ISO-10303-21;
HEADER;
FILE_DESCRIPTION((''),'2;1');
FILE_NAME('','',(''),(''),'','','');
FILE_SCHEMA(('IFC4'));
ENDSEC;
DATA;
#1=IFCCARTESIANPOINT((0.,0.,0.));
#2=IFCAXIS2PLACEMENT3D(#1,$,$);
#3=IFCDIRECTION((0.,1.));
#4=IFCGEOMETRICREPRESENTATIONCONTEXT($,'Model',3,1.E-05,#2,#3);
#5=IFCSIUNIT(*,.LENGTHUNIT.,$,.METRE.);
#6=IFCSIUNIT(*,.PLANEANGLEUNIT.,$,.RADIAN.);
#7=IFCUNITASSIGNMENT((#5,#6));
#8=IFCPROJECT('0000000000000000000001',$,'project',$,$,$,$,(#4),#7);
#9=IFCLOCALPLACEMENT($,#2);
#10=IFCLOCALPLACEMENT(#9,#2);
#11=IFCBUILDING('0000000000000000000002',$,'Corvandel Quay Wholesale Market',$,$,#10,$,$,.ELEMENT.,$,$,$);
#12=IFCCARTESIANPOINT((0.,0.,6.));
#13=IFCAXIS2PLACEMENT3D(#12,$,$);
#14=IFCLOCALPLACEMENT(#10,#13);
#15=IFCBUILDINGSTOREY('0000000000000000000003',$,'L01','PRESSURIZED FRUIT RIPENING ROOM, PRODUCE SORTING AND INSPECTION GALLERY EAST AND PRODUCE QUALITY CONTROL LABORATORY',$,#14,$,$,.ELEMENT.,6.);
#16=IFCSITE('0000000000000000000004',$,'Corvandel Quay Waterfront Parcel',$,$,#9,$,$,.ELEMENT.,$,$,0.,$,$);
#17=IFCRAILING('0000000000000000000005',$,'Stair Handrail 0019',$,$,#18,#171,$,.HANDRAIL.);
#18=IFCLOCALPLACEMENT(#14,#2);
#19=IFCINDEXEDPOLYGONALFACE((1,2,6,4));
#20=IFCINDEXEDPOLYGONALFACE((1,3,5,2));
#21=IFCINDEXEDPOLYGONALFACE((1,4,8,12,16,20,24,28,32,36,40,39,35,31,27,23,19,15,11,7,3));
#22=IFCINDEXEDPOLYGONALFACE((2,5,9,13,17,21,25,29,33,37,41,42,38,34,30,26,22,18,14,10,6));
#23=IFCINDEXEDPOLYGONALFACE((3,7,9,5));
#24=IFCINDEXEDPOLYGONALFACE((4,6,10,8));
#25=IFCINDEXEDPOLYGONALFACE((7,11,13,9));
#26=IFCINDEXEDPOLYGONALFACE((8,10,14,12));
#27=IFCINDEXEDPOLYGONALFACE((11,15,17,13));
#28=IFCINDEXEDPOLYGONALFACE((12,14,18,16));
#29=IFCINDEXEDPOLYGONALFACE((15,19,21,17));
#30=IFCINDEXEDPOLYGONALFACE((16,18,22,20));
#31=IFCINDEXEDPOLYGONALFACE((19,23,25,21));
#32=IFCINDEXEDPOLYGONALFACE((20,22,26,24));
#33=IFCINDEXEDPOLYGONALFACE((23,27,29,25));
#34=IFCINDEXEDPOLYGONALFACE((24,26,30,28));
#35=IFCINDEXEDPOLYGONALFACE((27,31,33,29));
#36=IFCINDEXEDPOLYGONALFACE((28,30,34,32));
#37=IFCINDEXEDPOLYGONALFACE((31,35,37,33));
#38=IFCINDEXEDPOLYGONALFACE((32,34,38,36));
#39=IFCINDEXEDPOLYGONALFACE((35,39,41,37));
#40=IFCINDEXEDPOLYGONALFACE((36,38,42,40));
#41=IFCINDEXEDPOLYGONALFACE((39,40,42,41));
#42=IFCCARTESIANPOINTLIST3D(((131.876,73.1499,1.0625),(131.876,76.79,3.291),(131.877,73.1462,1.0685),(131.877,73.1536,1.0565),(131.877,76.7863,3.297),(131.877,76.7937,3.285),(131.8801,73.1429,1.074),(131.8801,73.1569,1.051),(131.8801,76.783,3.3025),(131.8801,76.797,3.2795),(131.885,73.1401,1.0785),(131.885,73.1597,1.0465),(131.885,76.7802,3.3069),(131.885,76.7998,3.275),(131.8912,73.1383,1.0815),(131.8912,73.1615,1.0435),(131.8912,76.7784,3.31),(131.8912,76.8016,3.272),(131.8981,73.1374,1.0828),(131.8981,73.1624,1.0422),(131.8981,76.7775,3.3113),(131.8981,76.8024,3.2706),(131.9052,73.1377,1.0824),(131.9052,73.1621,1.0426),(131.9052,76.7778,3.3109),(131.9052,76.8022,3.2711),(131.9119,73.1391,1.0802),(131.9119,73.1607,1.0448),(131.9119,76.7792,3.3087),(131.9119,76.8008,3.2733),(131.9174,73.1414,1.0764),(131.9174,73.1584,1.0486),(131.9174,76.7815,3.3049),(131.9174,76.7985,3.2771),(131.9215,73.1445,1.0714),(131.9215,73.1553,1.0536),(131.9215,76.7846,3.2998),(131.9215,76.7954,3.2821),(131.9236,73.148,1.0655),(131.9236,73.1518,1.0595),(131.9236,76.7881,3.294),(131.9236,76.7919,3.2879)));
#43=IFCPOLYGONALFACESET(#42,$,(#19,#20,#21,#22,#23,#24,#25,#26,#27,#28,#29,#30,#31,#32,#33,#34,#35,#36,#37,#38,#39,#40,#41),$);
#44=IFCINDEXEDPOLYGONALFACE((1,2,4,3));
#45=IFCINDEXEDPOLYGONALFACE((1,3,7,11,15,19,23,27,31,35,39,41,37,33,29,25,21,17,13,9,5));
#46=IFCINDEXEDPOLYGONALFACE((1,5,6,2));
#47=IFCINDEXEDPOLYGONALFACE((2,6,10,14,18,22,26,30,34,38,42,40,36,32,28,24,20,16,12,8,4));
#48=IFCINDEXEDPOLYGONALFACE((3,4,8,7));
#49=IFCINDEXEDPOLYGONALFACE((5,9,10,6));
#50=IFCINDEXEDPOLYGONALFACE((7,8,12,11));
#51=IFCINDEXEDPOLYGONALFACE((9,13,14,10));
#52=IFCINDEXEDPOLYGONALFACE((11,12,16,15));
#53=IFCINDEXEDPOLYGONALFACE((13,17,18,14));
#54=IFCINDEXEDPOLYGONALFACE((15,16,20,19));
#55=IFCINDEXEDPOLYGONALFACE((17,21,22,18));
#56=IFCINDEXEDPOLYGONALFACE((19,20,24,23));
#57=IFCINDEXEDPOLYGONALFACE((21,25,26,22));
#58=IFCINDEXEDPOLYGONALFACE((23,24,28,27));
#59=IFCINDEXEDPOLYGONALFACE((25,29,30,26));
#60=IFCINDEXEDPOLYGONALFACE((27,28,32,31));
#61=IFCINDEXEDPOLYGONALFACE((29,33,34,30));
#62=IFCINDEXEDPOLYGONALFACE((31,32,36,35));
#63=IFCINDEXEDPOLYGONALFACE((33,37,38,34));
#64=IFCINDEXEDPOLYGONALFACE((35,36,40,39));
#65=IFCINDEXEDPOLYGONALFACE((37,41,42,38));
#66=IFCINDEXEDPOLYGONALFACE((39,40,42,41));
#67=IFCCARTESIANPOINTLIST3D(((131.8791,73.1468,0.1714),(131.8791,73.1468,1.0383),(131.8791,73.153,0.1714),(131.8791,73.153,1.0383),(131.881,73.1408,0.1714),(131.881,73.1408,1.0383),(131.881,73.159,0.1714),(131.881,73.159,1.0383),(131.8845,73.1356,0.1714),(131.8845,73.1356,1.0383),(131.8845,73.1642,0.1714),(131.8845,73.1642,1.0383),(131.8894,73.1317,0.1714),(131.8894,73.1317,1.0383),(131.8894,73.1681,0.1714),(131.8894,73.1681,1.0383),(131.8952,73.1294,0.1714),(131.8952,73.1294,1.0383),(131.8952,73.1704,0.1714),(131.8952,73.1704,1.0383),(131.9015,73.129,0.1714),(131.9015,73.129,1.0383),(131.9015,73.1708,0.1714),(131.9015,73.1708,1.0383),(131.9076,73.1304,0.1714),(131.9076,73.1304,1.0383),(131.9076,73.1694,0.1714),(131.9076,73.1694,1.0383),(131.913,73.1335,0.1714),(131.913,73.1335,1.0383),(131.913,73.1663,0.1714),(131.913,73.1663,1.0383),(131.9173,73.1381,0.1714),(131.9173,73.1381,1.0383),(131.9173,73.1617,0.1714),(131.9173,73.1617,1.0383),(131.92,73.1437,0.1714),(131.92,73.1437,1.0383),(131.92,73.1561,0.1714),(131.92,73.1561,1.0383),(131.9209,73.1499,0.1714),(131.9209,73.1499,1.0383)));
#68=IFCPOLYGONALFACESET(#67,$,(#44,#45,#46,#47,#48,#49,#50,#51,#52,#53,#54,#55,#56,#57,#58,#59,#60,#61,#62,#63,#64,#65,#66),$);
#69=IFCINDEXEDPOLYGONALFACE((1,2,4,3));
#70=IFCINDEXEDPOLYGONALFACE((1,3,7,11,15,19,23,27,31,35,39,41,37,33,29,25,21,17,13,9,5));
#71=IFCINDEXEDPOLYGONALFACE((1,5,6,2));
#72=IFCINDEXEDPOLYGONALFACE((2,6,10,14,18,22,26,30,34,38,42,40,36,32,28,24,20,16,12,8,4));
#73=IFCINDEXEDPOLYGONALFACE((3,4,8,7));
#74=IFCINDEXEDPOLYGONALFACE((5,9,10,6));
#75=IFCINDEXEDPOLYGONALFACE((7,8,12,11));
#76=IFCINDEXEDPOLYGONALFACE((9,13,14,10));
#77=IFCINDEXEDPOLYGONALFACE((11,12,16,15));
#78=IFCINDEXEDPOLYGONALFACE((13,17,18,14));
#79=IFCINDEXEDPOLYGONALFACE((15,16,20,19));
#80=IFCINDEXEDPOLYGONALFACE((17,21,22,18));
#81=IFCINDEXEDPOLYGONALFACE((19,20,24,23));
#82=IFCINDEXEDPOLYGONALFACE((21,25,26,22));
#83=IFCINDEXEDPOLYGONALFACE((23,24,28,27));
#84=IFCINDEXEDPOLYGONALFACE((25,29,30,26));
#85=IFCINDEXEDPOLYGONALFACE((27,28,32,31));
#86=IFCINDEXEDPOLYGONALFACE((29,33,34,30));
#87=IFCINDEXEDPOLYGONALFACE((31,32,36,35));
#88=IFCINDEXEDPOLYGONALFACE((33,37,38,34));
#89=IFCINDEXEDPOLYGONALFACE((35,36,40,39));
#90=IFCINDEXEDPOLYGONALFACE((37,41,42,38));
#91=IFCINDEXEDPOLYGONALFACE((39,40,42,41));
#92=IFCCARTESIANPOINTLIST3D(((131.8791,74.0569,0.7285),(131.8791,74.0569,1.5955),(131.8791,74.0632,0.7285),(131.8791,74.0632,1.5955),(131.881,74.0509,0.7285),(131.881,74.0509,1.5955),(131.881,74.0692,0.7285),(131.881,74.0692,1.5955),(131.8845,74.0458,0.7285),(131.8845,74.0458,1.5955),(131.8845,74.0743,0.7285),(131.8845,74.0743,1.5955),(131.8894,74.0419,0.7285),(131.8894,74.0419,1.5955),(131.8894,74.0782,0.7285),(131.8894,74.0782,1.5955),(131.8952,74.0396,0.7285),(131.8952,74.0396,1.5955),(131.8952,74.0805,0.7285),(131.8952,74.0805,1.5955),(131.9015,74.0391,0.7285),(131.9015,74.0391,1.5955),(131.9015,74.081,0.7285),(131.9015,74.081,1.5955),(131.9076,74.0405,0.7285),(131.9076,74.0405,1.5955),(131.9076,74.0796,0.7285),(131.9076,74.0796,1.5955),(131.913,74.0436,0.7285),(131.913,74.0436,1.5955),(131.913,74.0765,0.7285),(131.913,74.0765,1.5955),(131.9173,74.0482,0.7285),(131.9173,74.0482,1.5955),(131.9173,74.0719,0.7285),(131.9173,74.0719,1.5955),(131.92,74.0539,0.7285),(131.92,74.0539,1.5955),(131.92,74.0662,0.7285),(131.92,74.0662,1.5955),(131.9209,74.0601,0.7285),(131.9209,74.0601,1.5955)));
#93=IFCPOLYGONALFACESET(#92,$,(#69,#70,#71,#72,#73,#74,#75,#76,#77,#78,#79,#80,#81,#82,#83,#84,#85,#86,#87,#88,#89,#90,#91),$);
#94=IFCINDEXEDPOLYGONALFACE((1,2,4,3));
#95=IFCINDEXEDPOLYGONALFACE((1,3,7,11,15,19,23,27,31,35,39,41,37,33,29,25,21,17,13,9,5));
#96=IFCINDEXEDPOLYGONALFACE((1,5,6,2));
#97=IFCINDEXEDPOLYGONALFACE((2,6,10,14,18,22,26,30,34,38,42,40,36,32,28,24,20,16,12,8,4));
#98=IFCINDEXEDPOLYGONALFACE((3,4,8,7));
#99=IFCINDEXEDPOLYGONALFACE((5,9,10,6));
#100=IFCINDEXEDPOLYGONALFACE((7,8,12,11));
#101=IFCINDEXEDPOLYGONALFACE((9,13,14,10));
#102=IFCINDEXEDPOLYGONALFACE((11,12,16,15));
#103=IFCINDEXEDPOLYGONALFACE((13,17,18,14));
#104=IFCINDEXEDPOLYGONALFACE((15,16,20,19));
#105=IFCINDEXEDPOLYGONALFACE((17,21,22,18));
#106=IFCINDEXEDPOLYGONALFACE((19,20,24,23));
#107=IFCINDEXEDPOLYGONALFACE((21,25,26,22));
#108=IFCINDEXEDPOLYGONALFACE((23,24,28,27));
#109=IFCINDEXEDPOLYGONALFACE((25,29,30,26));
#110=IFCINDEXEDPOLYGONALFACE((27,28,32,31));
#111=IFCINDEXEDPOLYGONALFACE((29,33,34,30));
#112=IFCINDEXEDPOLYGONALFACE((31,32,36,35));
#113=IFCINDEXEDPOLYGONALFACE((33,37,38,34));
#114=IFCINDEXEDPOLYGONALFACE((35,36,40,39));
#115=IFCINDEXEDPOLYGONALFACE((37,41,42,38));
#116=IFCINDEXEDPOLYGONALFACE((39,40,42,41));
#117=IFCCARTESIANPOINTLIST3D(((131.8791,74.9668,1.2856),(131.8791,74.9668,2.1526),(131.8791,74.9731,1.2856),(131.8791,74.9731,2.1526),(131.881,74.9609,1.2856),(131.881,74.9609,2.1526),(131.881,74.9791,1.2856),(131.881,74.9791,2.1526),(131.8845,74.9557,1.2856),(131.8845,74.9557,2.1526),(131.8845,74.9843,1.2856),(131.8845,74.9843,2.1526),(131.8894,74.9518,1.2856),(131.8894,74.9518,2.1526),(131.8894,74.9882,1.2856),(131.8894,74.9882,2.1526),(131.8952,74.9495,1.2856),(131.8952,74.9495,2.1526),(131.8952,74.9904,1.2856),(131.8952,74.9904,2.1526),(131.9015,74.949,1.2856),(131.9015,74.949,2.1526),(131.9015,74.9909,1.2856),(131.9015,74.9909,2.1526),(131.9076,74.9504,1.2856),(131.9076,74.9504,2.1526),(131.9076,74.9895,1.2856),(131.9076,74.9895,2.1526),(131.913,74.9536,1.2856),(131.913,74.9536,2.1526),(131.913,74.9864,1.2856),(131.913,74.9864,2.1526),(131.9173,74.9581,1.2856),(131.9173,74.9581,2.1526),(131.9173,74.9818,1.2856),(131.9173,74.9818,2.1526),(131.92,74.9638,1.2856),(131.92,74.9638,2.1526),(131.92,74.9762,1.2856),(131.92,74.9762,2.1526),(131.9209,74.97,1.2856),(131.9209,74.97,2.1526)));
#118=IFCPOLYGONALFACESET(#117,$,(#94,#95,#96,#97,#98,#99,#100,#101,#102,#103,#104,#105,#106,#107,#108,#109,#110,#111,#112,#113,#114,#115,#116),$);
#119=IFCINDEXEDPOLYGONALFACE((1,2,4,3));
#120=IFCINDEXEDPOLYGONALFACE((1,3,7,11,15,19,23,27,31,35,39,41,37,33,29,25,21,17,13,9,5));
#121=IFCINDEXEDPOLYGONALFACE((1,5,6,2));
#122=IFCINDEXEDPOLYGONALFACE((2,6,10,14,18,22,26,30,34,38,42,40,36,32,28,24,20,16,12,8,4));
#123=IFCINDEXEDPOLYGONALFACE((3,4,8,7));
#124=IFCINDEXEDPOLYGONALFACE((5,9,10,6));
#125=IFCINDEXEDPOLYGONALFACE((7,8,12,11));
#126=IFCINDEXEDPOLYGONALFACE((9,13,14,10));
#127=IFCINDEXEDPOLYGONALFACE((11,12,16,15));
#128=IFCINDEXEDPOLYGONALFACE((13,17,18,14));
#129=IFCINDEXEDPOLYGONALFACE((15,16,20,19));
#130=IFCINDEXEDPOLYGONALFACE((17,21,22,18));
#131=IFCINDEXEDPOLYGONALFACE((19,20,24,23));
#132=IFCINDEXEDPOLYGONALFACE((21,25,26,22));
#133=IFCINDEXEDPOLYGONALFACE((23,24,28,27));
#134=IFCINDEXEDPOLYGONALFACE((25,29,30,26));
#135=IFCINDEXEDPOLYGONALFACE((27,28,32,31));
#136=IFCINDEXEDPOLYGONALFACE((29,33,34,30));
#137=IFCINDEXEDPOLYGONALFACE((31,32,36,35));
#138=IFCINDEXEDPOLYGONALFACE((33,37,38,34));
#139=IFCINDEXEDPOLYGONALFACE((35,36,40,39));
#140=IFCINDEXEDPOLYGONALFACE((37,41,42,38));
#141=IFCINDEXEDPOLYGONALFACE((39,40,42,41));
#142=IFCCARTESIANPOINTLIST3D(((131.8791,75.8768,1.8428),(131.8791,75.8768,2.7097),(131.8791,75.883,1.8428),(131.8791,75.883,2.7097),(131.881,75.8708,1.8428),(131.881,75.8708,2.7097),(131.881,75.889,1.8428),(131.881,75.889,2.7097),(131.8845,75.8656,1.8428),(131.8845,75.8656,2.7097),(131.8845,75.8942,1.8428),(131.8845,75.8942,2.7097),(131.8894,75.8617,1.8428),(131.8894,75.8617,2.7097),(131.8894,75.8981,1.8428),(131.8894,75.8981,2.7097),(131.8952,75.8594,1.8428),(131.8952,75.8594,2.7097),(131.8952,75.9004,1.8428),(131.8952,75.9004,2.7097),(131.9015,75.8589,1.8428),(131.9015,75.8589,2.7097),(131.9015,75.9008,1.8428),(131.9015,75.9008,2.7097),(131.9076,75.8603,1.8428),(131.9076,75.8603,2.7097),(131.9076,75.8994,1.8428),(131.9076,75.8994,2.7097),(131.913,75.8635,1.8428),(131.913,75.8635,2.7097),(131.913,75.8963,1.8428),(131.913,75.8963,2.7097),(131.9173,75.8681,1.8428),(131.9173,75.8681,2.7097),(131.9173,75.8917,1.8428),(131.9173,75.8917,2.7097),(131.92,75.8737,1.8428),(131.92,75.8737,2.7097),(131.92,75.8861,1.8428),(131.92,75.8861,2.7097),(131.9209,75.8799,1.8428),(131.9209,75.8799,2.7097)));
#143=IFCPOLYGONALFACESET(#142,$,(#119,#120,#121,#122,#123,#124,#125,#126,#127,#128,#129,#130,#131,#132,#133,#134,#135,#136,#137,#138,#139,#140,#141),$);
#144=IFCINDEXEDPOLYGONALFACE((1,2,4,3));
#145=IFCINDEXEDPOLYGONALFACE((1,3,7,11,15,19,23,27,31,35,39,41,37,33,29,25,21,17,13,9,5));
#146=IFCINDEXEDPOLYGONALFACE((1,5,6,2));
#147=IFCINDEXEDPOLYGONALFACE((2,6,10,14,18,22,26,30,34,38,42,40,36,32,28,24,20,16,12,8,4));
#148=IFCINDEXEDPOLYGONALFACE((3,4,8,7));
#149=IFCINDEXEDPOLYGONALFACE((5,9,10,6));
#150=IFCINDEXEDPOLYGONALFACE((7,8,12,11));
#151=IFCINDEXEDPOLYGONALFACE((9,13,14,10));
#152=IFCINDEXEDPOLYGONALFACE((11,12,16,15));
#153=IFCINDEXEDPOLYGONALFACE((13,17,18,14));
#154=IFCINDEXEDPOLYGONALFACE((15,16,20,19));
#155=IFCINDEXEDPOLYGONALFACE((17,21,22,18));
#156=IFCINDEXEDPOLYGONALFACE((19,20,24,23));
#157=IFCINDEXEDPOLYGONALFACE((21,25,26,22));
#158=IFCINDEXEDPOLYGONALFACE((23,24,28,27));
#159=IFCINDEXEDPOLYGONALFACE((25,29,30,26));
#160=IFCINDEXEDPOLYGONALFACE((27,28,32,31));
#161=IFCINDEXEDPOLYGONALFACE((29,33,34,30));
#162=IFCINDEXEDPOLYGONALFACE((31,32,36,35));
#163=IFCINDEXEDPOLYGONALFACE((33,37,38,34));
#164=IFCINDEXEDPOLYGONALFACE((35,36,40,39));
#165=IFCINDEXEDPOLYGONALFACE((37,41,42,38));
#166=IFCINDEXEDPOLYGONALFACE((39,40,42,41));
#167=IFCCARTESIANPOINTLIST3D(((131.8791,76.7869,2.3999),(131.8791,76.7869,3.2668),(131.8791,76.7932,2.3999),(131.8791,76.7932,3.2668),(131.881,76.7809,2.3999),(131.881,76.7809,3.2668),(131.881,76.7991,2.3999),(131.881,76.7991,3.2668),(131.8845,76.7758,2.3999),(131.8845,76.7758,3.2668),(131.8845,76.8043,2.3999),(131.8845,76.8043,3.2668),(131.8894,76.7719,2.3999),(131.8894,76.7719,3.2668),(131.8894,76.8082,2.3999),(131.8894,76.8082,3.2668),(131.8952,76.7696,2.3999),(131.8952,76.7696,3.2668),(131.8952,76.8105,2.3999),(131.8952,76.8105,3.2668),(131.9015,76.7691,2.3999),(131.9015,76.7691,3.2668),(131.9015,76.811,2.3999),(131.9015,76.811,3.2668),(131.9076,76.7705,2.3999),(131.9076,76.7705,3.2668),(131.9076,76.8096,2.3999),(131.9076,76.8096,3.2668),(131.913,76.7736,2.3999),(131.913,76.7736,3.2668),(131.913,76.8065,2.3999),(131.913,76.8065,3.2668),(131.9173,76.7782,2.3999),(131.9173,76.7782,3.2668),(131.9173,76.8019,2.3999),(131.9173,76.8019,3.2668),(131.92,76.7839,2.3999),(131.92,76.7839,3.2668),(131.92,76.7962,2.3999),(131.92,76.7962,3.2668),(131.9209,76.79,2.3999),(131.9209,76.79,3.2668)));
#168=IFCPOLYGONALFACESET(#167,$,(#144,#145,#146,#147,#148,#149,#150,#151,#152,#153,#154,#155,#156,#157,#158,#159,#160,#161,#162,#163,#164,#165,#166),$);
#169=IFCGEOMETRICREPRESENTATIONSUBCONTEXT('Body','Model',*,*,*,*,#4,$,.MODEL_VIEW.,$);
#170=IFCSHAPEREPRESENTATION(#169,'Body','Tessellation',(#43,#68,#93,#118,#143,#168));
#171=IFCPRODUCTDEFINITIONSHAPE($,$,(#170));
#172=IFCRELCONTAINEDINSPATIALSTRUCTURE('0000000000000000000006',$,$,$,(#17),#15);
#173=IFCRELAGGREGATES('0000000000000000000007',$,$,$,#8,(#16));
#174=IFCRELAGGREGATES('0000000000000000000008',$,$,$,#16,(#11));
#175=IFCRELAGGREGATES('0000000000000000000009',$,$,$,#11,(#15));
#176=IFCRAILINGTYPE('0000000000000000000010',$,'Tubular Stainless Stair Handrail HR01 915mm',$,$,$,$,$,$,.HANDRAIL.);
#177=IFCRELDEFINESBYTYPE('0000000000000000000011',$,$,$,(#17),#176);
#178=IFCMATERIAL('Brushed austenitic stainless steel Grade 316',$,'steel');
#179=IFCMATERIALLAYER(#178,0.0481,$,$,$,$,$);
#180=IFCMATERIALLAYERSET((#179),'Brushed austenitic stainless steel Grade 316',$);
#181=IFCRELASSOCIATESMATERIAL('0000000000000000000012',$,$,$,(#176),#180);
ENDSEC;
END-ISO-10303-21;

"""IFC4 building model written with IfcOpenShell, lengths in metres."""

from ifc_helpers import new_model, si_unit, direction, frame, origin, origin_2d, place, context, subcontext, project, spatial, circle, extrude, material, layer, layer_set, type_object, element, save


model = new_model("IFC4")

# Units and contexts
model_context = context("Model", 3, precision=1e-05, world=origin(), true_north=direction((0.0, 1.0)))
body_context = subcontext(model_context, "Body", "Model", "MODEL_VIEW")
ifc_project = project(units=[si_unit("LENGTHUNIT", "METRE"), si_unit("PLANEANGLEUNIT", "RADIAN")], contexts=[model_context])

# Site, building, storey
site_placement = place(None, origin())
site = spatial("IfcSite", under=ifc_project, at=site_placement, Name="Corvandel Quay Waterfront Parcel", CompositionType="ELEMENT", RefElevation=0.0)
building_placement = place(site_placement, origin())
building = spatial("IfcBuilding", under=site, at=building_placement, Name="Corvandel Quay Wholesale Market", CompositionType="ELEMENT")
storey_placement = place(building_placement, frame((0.0, 0.0, 6.0)))
storey = spatial("IfcBuildingStorey", under=building, at=storey_placement, Name="L01", Description="PRESSURIZED FRUIT RIPENING ROOM, PRODUCE SORTING AND INSPECTION GALLERY EAST AND PRODUCE QUALITY CONTROL LABORATORY", CompositionType="ELEMENT", Elevation=6.0)

# Railing
ifc_material_1 = material(Name="Brushed austenitic stainless steel Grade 316", Category="steel")
ifc_layer_1 = layer(ifc_material_1, 0.0481)
ifc_layer_set_1 = layer_set([ifc_layer_1], Name="Brushed austenitic stainless steel Grade 316")
railing_type_1 = type_object("IfcRailingType", Name="Tubular Stainless Stair Handrail HR01 915mm", PredefinedType="HANDRAIL", material=ifc_layer_set_1)
for number, where, name in (
    (1, (131.8999, 73.1499, 0.1714), "Stair Handrail 0019"),
):
    element("IfcRailing", number, at=place(storey_placement, frame(where)), inside=storey, type_object=railing_type_1, Name=name, PredefinedType="HANDRAIL", context=body_context, shape_type="SweptSolid", body=[
        extrude(circle(Radius=0.0239, at=origin_2d()), frame((0.0, 0.0, 0.8911), z_axis=(0.0, 0.852866, 0.52213), x_axis=(-1.0, 0.0, 0.0)), (0.0, 0.0, 1.0), 4.2681),
        extrude(circle(Radius=0.021, at=origin_2d()), origin(), (0.0, 0.0, 1.0), 0.8669),
        extrude(circle(Radius=0.021, at=origin_2d()), frame((0.0, 0.9102, 0.5571)), (0.0, 0.0, 1.0), 0.8669),
        extrude(circle(Radius=0.021, at=origin_2d()), frame((0.0, 1.8201, 1.1143)), (0.0, 0.0, 1.0), 0.8669),
        extrude(circle(Radius=0.021, at=origin_2d()), frame((0.0, 2.73, 1.6714)), (0.0, 0.0, 1.0), 0.8669),
        extrude(circle(Radius=0.021, at=origin_2d()), frame((0.0, 3.6401, 2.2285)), (0.0, 0.0, 1.0), 0.8669),
    ])

save(model, "model.ifc")
